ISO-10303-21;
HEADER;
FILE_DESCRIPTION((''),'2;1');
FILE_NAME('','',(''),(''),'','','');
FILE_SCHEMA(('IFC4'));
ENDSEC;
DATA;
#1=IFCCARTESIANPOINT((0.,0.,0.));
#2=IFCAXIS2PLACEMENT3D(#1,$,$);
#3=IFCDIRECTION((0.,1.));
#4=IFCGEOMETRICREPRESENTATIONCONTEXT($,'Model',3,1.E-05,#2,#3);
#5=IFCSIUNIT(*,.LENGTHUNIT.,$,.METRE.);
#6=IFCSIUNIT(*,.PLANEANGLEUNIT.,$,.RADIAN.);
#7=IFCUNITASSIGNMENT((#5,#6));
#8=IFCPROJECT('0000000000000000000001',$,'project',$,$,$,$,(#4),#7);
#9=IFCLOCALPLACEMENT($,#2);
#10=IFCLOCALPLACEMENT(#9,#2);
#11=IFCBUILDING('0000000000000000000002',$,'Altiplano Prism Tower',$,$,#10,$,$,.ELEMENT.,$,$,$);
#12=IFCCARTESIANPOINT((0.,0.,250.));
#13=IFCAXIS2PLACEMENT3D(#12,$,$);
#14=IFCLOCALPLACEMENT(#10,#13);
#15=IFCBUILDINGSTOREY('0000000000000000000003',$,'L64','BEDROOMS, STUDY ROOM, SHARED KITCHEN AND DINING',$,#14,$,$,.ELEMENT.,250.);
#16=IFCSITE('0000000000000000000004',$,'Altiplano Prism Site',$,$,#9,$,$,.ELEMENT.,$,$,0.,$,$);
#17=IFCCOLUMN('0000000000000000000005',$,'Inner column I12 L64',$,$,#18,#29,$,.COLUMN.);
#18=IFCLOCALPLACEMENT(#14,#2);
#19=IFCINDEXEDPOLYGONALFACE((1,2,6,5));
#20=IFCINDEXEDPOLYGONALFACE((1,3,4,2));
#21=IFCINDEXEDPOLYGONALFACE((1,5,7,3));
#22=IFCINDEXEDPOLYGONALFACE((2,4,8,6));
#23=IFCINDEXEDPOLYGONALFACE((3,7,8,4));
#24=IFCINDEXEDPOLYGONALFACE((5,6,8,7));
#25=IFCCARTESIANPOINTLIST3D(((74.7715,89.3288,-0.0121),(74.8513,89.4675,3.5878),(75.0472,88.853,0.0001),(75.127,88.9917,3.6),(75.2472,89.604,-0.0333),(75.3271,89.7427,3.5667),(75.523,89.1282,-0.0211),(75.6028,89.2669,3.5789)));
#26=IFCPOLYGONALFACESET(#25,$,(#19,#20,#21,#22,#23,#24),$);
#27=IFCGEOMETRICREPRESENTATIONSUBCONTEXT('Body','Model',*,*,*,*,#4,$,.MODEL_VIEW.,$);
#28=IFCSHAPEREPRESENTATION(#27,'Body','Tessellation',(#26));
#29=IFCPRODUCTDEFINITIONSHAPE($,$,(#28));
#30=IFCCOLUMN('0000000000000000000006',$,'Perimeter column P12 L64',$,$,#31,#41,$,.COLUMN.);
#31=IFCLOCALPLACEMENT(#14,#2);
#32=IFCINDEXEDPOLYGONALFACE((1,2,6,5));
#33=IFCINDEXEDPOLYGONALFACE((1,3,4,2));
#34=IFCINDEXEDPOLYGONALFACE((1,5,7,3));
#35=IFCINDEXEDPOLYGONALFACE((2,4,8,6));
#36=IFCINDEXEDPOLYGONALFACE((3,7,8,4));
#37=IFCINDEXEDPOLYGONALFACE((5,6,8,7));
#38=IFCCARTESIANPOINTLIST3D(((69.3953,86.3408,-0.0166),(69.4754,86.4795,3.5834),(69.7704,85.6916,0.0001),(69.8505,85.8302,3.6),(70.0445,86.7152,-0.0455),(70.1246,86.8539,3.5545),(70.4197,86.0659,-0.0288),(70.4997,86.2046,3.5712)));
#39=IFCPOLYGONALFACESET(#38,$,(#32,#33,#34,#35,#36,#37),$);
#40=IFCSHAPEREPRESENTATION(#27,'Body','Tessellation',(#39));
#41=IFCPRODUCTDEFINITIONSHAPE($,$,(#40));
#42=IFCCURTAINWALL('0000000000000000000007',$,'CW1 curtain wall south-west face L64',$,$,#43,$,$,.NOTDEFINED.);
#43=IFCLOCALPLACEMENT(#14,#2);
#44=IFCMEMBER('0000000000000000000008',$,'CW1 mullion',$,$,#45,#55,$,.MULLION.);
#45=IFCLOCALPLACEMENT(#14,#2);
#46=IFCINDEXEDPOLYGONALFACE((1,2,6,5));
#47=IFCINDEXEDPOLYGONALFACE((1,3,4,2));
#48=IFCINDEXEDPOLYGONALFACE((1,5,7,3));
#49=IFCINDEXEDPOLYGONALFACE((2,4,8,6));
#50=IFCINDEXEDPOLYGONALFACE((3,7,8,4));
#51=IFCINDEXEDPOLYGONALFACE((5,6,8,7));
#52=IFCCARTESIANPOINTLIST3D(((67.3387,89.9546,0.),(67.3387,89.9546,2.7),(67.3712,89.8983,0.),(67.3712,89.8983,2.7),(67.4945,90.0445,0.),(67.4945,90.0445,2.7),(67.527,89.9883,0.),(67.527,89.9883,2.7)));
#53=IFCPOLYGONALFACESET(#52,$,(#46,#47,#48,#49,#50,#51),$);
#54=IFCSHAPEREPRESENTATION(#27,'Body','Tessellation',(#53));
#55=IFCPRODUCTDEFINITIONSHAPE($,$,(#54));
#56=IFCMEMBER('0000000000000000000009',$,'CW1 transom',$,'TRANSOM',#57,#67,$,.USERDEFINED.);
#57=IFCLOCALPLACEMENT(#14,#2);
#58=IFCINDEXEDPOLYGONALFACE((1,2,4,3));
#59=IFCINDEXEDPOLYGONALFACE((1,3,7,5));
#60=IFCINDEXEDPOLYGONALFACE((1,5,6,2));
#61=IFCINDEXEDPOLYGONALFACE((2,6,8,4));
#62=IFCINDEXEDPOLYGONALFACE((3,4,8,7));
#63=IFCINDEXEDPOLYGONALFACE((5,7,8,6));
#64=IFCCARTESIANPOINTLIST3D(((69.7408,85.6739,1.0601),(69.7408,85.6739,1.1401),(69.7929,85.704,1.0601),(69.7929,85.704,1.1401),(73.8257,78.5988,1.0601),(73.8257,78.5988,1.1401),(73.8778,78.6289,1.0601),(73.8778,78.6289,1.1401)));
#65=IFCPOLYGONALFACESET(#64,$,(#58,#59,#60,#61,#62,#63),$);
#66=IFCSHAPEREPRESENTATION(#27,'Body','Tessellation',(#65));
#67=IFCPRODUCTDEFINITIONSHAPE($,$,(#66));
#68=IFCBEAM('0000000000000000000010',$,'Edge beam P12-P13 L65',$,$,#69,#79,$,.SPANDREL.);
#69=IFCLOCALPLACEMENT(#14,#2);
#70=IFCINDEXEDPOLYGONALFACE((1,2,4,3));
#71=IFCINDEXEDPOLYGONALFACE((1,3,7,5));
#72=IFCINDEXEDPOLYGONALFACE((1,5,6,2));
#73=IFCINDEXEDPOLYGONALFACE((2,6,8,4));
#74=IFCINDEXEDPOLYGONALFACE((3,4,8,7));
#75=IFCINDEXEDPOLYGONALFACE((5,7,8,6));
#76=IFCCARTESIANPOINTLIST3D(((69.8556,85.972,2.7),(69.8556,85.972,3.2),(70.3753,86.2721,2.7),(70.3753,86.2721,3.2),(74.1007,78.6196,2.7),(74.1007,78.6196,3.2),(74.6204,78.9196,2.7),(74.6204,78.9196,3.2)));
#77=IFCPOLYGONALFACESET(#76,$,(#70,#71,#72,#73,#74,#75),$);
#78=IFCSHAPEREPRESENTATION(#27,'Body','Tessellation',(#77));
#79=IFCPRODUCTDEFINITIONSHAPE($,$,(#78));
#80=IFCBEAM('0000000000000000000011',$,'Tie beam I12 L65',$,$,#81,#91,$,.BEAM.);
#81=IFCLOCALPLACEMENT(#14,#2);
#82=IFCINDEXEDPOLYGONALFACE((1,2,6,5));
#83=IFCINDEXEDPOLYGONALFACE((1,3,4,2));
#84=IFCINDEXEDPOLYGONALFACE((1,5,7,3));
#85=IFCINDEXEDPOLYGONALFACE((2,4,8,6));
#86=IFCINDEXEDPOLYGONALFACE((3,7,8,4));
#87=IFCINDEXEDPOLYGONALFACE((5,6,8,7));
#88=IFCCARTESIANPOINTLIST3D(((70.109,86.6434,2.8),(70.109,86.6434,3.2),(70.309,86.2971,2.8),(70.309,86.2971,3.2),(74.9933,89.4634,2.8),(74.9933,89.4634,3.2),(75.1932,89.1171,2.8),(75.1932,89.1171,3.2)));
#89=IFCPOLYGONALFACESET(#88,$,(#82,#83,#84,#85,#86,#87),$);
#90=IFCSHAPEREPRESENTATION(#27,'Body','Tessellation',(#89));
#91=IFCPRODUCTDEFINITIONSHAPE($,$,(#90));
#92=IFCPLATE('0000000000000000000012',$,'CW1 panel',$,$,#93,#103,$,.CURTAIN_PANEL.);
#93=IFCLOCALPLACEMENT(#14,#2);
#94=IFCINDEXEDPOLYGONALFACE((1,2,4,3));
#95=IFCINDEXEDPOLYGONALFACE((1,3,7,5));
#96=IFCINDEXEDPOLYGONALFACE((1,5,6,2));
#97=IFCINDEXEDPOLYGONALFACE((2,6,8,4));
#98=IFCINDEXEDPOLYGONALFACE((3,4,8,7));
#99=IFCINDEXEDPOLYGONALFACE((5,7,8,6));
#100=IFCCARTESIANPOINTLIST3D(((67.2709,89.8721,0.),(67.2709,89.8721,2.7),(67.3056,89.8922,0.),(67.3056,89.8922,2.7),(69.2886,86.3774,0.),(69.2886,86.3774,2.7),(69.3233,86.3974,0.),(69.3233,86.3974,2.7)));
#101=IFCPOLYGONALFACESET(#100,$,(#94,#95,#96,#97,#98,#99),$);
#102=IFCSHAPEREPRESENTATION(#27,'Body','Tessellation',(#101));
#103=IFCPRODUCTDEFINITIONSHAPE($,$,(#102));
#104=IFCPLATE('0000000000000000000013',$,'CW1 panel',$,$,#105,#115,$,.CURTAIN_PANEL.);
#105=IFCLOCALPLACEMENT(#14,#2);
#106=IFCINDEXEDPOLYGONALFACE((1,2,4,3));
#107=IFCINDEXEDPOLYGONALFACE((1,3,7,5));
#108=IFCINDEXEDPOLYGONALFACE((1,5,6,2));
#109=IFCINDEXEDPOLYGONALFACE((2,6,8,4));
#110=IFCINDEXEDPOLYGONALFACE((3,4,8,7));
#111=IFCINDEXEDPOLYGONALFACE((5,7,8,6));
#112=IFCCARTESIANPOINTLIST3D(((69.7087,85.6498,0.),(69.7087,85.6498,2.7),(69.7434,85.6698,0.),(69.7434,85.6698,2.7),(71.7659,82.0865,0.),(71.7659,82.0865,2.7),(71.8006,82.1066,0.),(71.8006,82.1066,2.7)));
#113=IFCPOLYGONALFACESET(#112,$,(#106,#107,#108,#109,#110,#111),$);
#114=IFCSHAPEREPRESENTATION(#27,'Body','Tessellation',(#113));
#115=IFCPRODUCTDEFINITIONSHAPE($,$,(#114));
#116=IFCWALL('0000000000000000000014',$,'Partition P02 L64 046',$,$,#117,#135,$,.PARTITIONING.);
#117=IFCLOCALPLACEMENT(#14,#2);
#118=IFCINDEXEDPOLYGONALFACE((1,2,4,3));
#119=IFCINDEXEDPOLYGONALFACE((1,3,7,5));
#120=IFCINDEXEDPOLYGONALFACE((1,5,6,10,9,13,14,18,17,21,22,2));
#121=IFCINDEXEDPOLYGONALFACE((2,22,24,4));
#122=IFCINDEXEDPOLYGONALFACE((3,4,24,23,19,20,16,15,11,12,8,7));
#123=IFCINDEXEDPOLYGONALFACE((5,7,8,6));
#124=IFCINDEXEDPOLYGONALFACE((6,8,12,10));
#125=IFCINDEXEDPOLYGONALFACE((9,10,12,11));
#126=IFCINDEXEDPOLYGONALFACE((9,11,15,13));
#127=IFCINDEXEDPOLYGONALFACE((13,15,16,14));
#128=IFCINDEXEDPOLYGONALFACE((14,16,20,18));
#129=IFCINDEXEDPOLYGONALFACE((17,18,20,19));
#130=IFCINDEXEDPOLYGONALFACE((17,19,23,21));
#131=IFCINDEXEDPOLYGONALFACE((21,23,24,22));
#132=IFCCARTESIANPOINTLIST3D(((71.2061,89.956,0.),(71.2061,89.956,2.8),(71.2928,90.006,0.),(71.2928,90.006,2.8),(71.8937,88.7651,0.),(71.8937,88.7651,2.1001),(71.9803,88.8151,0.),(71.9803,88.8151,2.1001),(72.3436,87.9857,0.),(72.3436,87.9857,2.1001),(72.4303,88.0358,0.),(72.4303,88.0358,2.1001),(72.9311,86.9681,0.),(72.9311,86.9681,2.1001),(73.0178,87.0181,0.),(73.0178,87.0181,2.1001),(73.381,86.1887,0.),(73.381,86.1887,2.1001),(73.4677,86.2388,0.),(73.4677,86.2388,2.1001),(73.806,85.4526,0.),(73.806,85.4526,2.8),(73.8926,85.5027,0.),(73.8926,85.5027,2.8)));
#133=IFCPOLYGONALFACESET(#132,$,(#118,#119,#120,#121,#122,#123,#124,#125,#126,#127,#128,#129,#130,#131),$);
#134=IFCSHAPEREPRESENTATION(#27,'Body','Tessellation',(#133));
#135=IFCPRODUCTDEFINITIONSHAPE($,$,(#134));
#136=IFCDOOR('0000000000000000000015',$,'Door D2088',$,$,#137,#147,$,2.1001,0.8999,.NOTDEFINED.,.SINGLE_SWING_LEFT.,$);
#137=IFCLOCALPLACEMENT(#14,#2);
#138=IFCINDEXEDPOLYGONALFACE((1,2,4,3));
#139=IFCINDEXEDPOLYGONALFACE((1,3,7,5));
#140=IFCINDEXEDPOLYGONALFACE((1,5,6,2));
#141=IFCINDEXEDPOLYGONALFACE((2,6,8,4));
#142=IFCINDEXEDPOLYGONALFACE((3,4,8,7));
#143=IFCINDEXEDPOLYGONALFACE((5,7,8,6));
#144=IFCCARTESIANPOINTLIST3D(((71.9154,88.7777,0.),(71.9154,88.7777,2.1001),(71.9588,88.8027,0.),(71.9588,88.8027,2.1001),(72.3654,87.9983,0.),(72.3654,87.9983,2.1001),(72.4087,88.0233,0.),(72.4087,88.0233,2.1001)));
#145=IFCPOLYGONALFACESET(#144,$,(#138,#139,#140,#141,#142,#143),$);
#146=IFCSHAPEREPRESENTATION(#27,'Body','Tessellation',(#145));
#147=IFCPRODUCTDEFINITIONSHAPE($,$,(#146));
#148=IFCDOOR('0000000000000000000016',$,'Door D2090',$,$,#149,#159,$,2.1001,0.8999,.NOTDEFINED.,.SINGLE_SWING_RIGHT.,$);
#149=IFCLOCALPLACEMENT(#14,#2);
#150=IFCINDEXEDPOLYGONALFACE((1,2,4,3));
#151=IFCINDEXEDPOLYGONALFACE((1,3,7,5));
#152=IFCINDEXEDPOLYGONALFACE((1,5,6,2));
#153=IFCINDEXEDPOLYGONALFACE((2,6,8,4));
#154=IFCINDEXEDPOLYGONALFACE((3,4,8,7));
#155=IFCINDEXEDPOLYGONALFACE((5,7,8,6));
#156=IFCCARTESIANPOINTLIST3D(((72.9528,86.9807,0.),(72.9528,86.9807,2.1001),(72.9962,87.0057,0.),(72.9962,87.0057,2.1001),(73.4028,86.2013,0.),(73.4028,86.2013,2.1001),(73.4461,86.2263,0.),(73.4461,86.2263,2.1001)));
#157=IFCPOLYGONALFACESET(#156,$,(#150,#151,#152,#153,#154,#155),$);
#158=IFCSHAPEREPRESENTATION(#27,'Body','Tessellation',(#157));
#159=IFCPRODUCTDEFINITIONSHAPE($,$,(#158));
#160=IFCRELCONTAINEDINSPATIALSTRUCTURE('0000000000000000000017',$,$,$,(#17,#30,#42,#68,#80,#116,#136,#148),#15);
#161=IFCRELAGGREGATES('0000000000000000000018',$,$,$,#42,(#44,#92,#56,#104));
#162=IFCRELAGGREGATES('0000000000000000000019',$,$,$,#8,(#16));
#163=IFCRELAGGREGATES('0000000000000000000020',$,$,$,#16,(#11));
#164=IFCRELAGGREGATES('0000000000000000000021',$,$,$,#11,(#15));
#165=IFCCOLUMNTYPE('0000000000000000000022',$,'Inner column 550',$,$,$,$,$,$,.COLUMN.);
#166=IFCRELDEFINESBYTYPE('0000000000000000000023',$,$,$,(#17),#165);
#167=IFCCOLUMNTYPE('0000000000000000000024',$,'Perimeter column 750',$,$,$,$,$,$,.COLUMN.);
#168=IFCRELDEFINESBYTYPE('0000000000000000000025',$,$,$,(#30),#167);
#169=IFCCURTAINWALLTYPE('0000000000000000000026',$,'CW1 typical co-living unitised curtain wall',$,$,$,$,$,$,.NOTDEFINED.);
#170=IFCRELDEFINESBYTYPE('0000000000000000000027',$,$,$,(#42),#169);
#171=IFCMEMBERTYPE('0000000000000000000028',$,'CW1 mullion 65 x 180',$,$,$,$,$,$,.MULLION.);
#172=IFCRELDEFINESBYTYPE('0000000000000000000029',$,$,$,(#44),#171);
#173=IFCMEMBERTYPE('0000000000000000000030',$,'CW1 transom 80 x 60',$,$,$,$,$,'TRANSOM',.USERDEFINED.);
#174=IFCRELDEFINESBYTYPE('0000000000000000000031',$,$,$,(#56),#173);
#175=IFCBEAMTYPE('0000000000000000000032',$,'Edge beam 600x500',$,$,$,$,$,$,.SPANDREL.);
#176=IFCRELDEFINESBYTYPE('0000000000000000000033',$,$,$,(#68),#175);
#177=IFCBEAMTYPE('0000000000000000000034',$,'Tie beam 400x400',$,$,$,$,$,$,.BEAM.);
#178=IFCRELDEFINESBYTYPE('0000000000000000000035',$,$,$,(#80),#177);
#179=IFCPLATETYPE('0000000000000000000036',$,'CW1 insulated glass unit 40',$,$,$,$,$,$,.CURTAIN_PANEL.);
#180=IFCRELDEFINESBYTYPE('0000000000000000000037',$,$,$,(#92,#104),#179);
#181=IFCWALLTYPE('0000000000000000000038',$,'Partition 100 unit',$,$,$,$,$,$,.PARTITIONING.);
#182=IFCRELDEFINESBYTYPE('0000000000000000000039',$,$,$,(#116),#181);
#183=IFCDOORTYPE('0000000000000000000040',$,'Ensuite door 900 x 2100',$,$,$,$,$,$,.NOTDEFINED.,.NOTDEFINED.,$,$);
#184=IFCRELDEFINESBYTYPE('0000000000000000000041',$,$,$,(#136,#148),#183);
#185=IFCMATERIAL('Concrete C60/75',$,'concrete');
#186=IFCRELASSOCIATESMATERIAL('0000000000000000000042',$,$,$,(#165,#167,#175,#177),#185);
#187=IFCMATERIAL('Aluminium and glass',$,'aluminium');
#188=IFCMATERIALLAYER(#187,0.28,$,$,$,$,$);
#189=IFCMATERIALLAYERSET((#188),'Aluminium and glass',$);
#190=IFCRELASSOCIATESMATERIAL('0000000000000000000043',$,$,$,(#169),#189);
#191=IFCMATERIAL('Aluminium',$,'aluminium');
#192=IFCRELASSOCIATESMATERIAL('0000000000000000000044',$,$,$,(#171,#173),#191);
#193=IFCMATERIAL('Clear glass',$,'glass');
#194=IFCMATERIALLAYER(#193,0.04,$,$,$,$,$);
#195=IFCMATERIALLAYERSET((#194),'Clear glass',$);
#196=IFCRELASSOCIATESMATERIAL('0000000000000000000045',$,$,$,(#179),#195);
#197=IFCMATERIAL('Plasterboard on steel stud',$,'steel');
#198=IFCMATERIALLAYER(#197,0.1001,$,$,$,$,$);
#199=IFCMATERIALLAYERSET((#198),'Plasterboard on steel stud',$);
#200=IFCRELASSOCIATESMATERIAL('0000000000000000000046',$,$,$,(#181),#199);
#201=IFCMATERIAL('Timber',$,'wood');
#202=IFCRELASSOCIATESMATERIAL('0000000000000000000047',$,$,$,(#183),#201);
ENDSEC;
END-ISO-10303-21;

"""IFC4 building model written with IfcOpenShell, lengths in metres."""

from ifc_helpers import new_model, si_unit, direction, frame, frame_2d, origin, origin_2d, place, context, subcontext, project, spatial, rectangle, extrude, material, layer, layer_set, material_profile, profile_set, type_object, element, fill, aggregate, save


model = new_model("IFC4")

# Units and contexts
model_context = context("Model", 3, precision=1e-05, world=origin(), true_north=direction((0.0, 1.0)))
body_context = subcontext(model_context, "Body", "Model", "MODEL_VIEW")
ifc_project = project(units=[si_unit("LENGTHUNIT", "METRE"), si_unit("PLANEANGLEUNIT", "RADIAN")], contexts=[model_context])

# Site, building, storey
site_placement = place(None, origin())
site = spatial("IfcSite", under=ifc_project, at=site_placement, Name="Altiplano Prism Site", CompositionType="ELEMENT", RefElevation=0.0)
building_placement = place(site_placement, origin())
building = spatial("IfcBuilding", under=site, at=building_placement, Name="Altiplano Prism Tower", CompositionType="ELEMENT")
storey_placement = place(building_placement, frame((0.0, 0.0, 250.0)))
storey = spatial("IfcBuildingStorey", under=building, at=storey_placement, Name="L64", Description="BEDROOMS, STUDY ROOM, SHARED KITCHEN AND DINING", CompositionType="ELEMENT", Elevation=250.0)

# Columns
ifc_material_1 = material(Name="Concrete C60/75", Category="concrete")
ifc_material_profile_1 = material_profile(ifc_material_1, rectangle(XDim=0.55, YDim=0.55, at=origin_2d()), Name="Inner column 550")
ifc_profile_set_1 = profile_set([ifc_material_profile_1], Name="Concrete C60/75")
column_type_1 = type_object("IfcColumnType", Name="Inner column 550", PredefinedType="COLUMN", material=ifc_profile_set_1)
column_1_placement = place(storey_placement, frame((75.1472, 89.2285, -0.0166), z_axis=(0.022155, 0.038484, 0.999014), x_axis=(-0.864982, -0.500327, 0.038456)))
element("IfcColumn", 1, at=column_1_placement, inside=storey, type_object=column_type_1, Name="Inner column I12 L64", PredefinedType="COLUMN", context=body_context, shape_type="SweptSolid", body=[
    extrude(rectangle(XDim=0.55, YDim=0.55, at=origin_2d()), origin(), (0.0, 0.0, 1.0), 3.6035),
])
ifc_material_profile_2 = material_profile(ifc_material_1, rectangle(XDim=0.75, YDim=0.75, at=origin_2d()), Name="Perimeter column 750")
ifc_profile_set_2 = profile_set([ifc_material_profile_2], Name="Concrete C60/75")
column_type_2 = type_object("IfcColumnType", Name="Perimeter column 750", PredefinedType="COLUMN", material=ifc_profile_set_2)
column_2_placement = place(storey_placement, frame((69.9075, 86.2034, -0.0227), z_axis=(0.022223, 0.038483, 0.999012), x_axis=(-0.865642, -0.499182, 0.038485)))
element("IfcColumn", 2, at=column_2_placement, inside=storey, type_object=column_type_2, Name="Perimeter column P12 L64", PredefinedType="COLUMN", context=body_context, shape_type="SweptSolid", body=[
    extrude(rectangle(XDim=0.75, YDim=0.75, at=origin_2d()), origin(), (0.0, 0.0, 1.0), 3.6035),
])

# Curtain wall, members
ifc_material_2 = material(Name="Aluminium and glass", Category="aluminium")
ifc_layer_1 = layer(ifc_material_2, 0.28)
ifc_layer_set_1 = layer_set([ifc_layer_1], Name="Aluminium and glass")
curtain_wall_type = type_object("IfcCurtainWallType", Name="CW1 typical co-living unitised curtain wall", PredefinedType="NOTDEFINED", material=ifc_layer_set_1)
curtain_wall_placement = place(storey_placement, origin())
curtain_wall = element("IfcCurtainWall", 3, at=curtain_wall_placement, inside=storey, type_object=curtain_wall_type, Name="CW1 curtain wall south-west face L64", PredefinedType="NOTDEFINED")
ifc_material_3 = material(Name="Aluminium", Category="aluminium")
ifc_material_profile_3 = material_profile(ifc_material_3, rectangle(XDim=0.1799, YDim=0.0649, at=origin_2d()), Name="CW1 mullion 65 x 180")
ifc_profile_set_3 = profile_set([ifc_material_profile_3], Name="Aluminium")
member_type_1 = type_object("IfcMemberType", Name="CW1 mullion 65 x 180", PredefinedType="MULLION", material=ifc_profile_set_3)
member_1_placement = place(storey_placement, frame((67.4329, 89.9714, 0.0), z_axis=(0.0, 0.0, 1.0), x_axis=(0.866025, 0.5, 0.0)))
member_1 = element("IfcMember", 4, at=member_1_placement, type_object=member_type_1, Name="CW1 mullion", PredefinedType="MULLION", context=body_context, shape_type="SweptSolid", body=[
    extrude(rectangle(XDim=0.1799, YDim=0.0649, at=origin_2d()), origin(), (0.0, 0.0, 1.0), 2.7),
])
ifc_material_profile_4 = material_profile(ifc_material_3, rectangle(XDim=0.0601, YDim=0.0801, at=origin_2d()), Name="CW1 transom 80 x 60")
ifc_profile_set_4 = profile_set([ifc_material_profile_4], Name="Aluminium")
member_type_2 = type_object("IfcMemberType", Name="CW1 transom 80 x 60", ElementType="TRANSOM", PredefinedType="USERDEFINED", material=ifc_profile_set_4)
member_2_placement = place(storey_placement, frame((69.7668, 85.689, 1.1001), z_axis=(0.500009, -0.86602, 0.0), x_axis=(0.86602, 0.500009, 0.0)))
member_2 = element("IfcMember", 5, at=member_2_placement, type_object=member_type_2, Name="CW1 transom", ObjectType="TRANSOM", PredefinedType="USERDEFINED", context=body_context, shape_type="SweptSolid", body=[
    extrude(rectangle(XDim=0.0601, YDim=0.0801, at=origin_2d()), origin(), (0.0, 0.0, 1.0), 8.1697),
])

# Beams
ifc_material_profile_5 = material_profile(ifc_material_1, rectangle(XDim=0.6001, YDim=0.5, at=origin_2d()), Name="Edge beam 600x500")
ifc_profile_set_5 = profile_set([ifc_material_profile_5], Name="Concrete C60/75")
beam_type_1 = type_object("IfcBeamType", Name="Edge beam 600x500", PredefinedType="SPANDREL", material=ifc_profile_set_5)
beam_1_placement = place(storey_placement, frame((70.1155, 86.1221, 2.95), z_axis=(0.500011, -0.866019, 0.0), x_axis=(0.866019, 0.500011, 0.0)))
element("IfcBeam", 6, at=beam_1_placement, inside=storey, type_object=beam_type_1, Name="Edge beam P12-P13 L65", PredefinedType="SPANDREL", context=body_context, shape_type="SweptSolid", body=[
    extrude(rectangle(XDim=0.6001, YDim=0.5, at=origin_2d()), origin(), (0.0, 0.0, 1.0), 8.49),
])
ifc_material_profile_6 = material_profile(ifc_material_1, rectangle(XDim=0.3999, YDim=0.3999, at=origin_2d()), Name="Tie beam 400x400")
ifc_profile_set_6 = profile_set([ifc_material_profile_6], Name="Concrete C60/75")
beam_type_2 = type_object("IfcBeamType", Name="Tie beam 400x400", PredefinedType="BEAM", material=ifc_profile_set_6)
beam_2_placement = place(storey_placement, frame((75.0933, 89.2903, 3.0), z_axis=(-0.866015, -0.500017, 0.0), x_axis=(0.500017, -0.866015, 0.0)))
element("IfcBeam", 7, at=beam_2_placement, inside=storey, type_object=beam_type_2, Name="Tie beam I12 L65", PredefinedType="BEAM", context=body_context, shape_type="SweptSolid", body=[
    extrude(rectangle(XDim=0.3999, YDim=0.3999, at=origin_2d()), origin(), (0.0, 0.0, 1.0), 5.6399),
])

# Plates
ifc_material_4 = material(Name="Clear glass", Category="glass")
ifc_layer_2 = layer(ifc_material_4, 0.04)
ifc_layer_set_2 = layer_set([ifc_layer_2], Name="Clear glass")
plate_type = type_object("IfcPlateType", Name="CW1 insulated glass unit 40", PredefinedType="CURTAIN_PANEL", material=ifc_layer_set_2)
plate_1_placement = place(storey_placement, frame((68.2971, 88.1348, 0.0), z_axis=(0.0, 0.0, 1.0), x_axis=(0.5, -0.866025, 0.0)))
plate_1 = element("IfcPlate", 8, at=plate_1_placement, type_object=plate_type, Name="CW1 panel", PredefinedType="CURTAIN_PANEL", context=body_context, shape_type="SweptSolid", body=[
    extrude(rectangle(XDim=4.0354, YDim=0.04, at=origin_2d()), origin(), (0.0, 0.0, 1.0), 2.7),
])
plate_2_placement = place(storey_placement, frame((70.7546, 83.8782, 0.0), z_axis=(0.0, 0.0, 1.0), x_axis=(0.5, -0.866025, 0.0)))
plate_2 = element("IfcPlate", 9, at=plate_2_placement, type_object=plate_type, Name="CW1 panel", PredefinedType="CURTAIN_PANEL", context=body_context, shape_type="SweptSolid", body=[
    extrude(rectangle(XDim=4.1145, YDim=0.04, at=origin_2d()), origin(), (0.0, 0.0, 1.0), 2.7),
])
aggregate(curtain_wall, [member_1, plate_1, member_2, plate_2])

# Wall, openings, doors
ifc_material_5 = material(Name="Plasterboard on steel stud", Category="steel")
ifc_layer_3 = layer(ifc_material_5, 0.1001)
ifc_layer_set_3 = layer_set([ifc_layer_3], Name="Plasterboard on steel stud")
wall_type_1 = type_object("IfcWallType", Name="Partition 100 unit", PredefinedType="PARTITIONING", material=ifc_layer_set_3)
wall_1_placement = place(storey_placement, frame((73.8494, 85.4775, 0.0), z_axis=(0.0, 0.0, 1.0), x_axis=(-0.499972, 0.866042, 0.0)))
wall_1 = element("IfcWall", 10, at=wall_1_placement, inside=storey, type_object=wall_type_1, Name="Partition P02 L64 046", PredefinedType="PARTITIONING", context=body_context, shape_type="SweptSolid", body=[
    extrude(rectangle(XDim=5.2, YDim=0.1001, at=frame_2d((2.6001, 0.0))), origin(), (0.0, 0.0, 1.0), 2.8),
])
opening_1_placement = place(wall_1_placement, frame((2.925, 0.0, 0.0)))
opening_1 = element("IfcOpeningElement", 11, at=opening_1_placement, cuts=wall_1, PredefinedType="OPENING", context=body_context, shape_type="SweptSolid", body=[
    extrude(rectangle(XDim=0.8999, YDim=2.1001, at=frame_2d((0.45, 1.05))), frame((0.0, 0.0605, 0.0), z_axis=(0.0, -1.0, 0.0), x_axis=(1.0, 0.0, 0.0)), (0.0, 0.0, 1.0), 0.1211),
])
opening_2_placement = place(wall_1_placement, frame((0.8501, 0.0, 0.0)))
opening_2 = element("IfcOpeningElement", 12, at=opening_2_placement, cuts=wall_1, PredefinedType="OPENING", context=body_context, shape_type="SweptSolid", body=[
    extrude(rectangle(XDim=0.8999, YDim=2.1001, at=frame_2d((0.45, 1.05))), frame((0.0, 0.0605, 0.0), z_axis=(0.0, -1.0, 0.0), x_axis=(1.0, 0.0, 0.0)), (0.0, 0.0, 1.0), 0.1211),
])
ifc_material_6 = material(Name="Timber", Category="wood")
door_type_1 = type_object("IfcDoorType", Name="Ensuite door 900 x 2100", OperationType="NOTDEFINED", PredefinedType="NOTDEFINED", material=ifc_material_6)
door_1_placement = place(opening_1_placement, origin())
door_1 = element("IfcDoor", 13, at=door_1_placement, inside=storey, type_object=door_type_1, Name="Door D2088", OperationType="SINGLE_SWING_LEFT", OverallHeight=2.1001, OverallWidth=0.8999, PredefinedType="NOTDEFINED", context=body_context, shape_type="SweptSolid", body=[
    extrude(rectangle(XDim=0.8999, YDim=2.1001, at=frame_2d((0.45, 1.05))), frame((0.0, 0.0249, 0.0), z_axis=(0.0, -1.0, 0.0), x_axis=(1.0, 0.0, 0.0)), (0.0, 0.0, 1.0), 0.05),
])
fill(opening_1, door_1)
door_2_placement = place(opening_2_placement, origin())
door_2 = element("IfcDoor", 14, at=door_2_placement, inside=storey, type_object=door_type_1, Name="Door D2090", OperationType="SINGLE_SWING_RIGHT", OverallHeight=2.1001, OverallWidth=0.8999, PredefinedType="NOTDEFINED", context=body_context, shape_type="SweptSolid", body=[
    extrude(rectangle(XDim=0.8999, YDim=2.1001, at=frame_2d((0.45, 1.05))), frame((0.0, 0.0249, 0.0), z_axis=(0.0, -1.0, 0.0), x_axis=(1.0, 0.0, 0.0)), (0.0, 0.0, 1.0), 0.05),
])
fill(opening_2, door_2)

save(model, "model.ifc")
